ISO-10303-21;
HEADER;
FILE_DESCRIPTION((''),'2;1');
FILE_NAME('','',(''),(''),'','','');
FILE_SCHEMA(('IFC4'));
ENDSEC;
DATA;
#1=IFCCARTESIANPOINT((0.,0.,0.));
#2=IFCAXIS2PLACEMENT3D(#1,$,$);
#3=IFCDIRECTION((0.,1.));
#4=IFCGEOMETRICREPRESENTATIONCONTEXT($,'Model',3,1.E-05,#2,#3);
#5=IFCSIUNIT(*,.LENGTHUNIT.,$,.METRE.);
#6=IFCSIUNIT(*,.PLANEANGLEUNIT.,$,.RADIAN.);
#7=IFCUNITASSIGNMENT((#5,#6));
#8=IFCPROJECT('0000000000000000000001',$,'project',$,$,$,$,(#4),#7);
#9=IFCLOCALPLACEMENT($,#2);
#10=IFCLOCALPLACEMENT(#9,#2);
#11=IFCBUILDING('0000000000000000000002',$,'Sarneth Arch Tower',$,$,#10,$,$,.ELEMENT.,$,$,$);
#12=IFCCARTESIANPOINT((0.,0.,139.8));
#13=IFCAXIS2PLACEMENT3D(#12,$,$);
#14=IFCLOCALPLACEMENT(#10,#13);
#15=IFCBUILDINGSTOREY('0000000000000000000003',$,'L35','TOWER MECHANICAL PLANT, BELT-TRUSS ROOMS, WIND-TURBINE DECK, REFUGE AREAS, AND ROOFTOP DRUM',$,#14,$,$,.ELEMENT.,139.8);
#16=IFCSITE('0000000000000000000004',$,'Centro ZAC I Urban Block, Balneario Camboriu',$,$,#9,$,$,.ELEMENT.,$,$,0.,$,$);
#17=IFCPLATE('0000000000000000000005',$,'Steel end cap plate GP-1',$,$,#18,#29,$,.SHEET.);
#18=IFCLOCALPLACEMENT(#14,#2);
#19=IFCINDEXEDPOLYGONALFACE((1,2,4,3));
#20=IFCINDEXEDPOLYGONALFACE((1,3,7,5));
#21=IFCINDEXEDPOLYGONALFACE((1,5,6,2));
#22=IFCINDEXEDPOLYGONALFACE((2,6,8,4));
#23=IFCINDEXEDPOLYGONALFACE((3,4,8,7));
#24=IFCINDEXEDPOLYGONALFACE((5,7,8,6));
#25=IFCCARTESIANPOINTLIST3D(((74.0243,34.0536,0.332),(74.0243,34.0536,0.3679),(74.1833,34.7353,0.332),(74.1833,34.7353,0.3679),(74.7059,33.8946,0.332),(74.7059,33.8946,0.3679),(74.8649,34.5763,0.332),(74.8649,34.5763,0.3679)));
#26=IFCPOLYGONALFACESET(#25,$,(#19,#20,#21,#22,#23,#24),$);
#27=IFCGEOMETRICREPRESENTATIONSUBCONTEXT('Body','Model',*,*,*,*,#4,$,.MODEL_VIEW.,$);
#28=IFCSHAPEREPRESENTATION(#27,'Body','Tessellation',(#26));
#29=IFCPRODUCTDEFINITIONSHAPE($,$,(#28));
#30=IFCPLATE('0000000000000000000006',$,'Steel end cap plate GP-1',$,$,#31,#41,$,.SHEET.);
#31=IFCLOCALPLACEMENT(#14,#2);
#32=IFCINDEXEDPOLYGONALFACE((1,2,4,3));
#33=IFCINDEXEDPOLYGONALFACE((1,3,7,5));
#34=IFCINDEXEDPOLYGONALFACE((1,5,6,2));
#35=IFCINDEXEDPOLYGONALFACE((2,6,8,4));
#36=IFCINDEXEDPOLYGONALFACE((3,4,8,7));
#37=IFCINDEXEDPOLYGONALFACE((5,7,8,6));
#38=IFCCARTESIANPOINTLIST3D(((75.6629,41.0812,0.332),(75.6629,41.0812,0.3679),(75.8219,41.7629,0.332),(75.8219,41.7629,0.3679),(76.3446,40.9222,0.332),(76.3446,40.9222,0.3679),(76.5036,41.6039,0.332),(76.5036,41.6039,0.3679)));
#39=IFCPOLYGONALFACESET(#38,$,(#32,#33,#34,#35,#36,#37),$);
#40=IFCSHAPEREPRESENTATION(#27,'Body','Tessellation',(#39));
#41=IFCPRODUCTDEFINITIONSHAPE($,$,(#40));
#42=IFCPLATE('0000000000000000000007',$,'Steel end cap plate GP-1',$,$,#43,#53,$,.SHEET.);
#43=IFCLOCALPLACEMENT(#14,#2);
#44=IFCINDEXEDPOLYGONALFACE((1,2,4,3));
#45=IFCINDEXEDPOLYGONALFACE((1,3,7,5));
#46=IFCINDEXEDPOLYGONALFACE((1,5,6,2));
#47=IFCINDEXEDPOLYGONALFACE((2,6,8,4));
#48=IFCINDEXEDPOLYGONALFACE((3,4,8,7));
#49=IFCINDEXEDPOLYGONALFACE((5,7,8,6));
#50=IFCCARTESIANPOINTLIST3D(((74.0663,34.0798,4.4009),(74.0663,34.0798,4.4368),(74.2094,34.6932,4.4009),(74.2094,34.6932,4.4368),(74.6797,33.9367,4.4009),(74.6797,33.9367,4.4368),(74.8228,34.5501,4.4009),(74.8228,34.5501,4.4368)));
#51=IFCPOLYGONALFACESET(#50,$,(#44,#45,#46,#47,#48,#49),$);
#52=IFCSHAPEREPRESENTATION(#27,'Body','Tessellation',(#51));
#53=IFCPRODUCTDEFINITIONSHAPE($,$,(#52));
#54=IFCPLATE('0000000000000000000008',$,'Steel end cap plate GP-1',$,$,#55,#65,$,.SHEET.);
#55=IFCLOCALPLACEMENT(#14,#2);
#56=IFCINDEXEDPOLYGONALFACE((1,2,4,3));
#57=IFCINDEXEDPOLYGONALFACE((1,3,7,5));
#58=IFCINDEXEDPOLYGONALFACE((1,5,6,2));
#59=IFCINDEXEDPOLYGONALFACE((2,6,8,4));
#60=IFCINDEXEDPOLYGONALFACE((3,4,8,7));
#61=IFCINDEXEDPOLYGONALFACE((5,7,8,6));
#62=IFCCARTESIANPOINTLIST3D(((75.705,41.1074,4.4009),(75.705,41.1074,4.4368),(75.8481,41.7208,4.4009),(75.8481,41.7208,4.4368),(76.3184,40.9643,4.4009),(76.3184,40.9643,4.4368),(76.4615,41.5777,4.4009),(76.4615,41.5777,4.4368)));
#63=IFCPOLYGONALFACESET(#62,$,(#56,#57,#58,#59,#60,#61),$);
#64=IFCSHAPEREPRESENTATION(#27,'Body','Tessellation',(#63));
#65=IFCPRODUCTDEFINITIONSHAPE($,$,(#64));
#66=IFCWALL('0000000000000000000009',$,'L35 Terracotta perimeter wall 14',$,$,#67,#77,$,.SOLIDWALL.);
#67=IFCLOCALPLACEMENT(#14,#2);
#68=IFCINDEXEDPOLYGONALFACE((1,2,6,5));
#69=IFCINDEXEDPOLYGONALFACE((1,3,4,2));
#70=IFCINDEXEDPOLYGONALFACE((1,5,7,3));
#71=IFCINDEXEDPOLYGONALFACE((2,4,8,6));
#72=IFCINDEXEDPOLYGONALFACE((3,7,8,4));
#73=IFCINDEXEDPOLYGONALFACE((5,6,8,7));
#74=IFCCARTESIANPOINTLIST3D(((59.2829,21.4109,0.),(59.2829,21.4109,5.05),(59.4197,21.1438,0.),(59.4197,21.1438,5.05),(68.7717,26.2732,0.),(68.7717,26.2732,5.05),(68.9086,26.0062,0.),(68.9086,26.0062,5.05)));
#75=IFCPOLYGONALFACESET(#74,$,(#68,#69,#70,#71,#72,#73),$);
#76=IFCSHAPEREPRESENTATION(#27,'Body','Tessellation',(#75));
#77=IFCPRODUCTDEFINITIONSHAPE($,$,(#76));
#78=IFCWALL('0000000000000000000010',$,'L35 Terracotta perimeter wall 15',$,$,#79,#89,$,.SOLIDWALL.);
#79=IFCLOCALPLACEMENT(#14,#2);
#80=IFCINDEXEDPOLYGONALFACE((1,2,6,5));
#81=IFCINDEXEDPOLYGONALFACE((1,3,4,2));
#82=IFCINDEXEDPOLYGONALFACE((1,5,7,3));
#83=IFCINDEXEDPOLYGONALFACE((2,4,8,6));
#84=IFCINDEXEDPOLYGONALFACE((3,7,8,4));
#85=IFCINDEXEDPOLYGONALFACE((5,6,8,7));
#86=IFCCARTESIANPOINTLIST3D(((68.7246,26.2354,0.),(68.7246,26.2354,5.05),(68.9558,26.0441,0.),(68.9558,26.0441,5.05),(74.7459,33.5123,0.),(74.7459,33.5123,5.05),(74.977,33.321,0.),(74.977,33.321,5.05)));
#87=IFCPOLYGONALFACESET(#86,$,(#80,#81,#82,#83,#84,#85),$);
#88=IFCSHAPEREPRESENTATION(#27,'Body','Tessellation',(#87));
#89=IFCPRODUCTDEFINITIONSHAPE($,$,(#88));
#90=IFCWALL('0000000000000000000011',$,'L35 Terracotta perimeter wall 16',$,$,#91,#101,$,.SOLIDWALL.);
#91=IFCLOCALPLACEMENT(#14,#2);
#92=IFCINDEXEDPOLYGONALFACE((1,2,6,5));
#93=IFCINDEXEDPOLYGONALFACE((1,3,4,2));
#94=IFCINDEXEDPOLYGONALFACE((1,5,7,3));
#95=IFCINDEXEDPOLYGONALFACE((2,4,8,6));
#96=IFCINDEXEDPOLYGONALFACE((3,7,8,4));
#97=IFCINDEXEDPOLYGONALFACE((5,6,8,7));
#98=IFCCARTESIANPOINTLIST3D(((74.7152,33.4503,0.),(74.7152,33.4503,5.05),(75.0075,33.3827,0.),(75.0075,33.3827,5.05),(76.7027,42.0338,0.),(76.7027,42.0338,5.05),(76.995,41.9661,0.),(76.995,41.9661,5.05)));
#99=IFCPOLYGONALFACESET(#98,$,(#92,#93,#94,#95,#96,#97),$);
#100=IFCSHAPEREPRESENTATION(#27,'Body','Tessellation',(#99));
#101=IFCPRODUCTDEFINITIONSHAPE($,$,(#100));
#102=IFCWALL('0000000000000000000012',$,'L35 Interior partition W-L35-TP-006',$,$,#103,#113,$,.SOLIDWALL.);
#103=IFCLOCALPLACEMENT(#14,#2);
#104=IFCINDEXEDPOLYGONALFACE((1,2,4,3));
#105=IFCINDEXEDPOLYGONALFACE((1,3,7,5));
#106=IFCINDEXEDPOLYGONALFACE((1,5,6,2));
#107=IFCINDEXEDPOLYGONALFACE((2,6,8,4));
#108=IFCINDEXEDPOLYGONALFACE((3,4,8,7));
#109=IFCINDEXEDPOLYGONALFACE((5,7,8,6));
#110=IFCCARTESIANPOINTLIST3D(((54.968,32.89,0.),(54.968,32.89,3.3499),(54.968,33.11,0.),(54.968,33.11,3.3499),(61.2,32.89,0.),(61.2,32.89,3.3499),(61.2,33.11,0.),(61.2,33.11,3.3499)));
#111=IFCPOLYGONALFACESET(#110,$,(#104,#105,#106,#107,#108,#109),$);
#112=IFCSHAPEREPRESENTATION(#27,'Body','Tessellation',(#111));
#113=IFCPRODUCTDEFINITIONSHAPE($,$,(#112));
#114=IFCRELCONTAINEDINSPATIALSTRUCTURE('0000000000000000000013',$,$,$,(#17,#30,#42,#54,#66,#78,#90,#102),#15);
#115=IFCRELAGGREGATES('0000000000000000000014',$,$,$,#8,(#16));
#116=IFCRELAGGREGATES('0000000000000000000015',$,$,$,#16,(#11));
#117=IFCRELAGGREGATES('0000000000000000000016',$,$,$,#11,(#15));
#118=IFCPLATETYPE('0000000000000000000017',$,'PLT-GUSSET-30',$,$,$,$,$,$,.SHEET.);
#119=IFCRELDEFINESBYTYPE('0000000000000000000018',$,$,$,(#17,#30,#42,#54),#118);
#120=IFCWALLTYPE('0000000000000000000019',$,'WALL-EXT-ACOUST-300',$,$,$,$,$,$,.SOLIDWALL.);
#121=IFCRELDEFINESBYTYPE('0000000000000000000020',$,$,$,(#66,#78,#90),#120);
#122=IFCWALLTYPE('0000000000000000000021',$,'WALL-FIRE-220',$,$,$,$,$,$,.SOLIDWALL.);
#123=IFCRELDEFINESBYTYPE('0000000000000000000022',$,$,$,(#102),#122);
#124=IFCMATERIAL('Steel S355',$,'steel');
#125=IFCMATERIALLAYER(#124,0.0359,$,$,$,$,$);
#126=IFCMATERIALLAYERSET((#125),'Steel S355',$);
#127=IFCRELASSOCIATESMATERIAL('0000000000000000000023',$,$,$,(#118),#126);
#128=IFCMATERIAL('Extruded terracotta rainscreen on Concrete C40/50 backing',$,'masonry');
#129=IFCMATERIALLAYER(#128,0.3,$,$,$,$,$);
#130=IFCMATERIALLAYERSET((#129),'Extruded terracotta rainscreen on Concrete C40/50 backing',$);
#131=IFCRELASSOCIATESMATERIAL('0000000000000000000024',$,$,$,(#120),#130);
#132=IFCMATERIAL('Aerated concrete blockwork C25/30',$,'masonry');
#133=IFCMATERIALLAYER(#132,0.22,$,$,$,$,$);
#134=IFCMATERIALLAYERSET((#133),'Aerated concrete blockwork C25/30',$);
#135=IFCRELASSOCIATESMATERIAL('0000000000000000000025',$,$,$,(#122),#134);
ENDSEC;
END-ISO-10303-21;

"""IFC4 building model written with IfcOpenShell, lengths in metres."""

from ifc_helpers import new_model, si_unit, direction, frame, frame_2d, origin, origin_2d, place, context, subcontext, project, spatial, rectangle, extrude, material, layer, layer_set, type_object, element, save


model = new_model("IFC4")

# Units and contexts
model_context = context("Model", 3, precision=1e-05, world=origin(), true_north=direction((0.0, 1.0)))
body_context = subcontext(model_context, "Body", "Model", "MODEL_VIEW")
ifc_project = project(units=[si_unit("LENGTHUNIT", "METRE"), si_unit("PLANEANGLEUNIT", "RADIAN")], contexts=[model_context])

# Site, building, storey
site_placement = place(None, origin())
site = spatial("IfcSite", under=ifc_project, at=site_placement, Name="Centro ZAC I Urban Block, Balneario Camboriu", CompositionType="ELEMENT", RefElevation=0.0)
building_placement = place(site_placement, origin())
building = spatial("IfcBuilding", under=site, at=building_placement, Name="Sarneth Arch Tower", CompositionType="ELEMENT")
storey_placement = place(building_placement, frame((0.0, 0.0, 139.8)))
storey = spatial("IfcBuildingStorey", under=building, at=storey_placement, Name="L35", Description="TOWER MECHANICAL PLANT, BELT-TRUSS ROOMS, WIND-TURBINE DECK, REFUGE AREAS, AND ROOFTOP DRUM", CompositionType="ELEMENT", Elevation=139.8)

# Plates
ifc_material_1 = material(Name="Steel S355", Category="steel")
ifc_layer_1 = layer(ifc_material_1, 0.0359)
ifc_layer_set_1 = layer_set([ifc_layer_1], Name="Steel S355")
plate_type = type_object("IfcPlateType", Name="PLT-GUSSET-30", PredefinedType="SHEET", material=ifc_layer_set_1)
for number, where, z_axis, x_axis, name in (
    (1, (74.4446, 34.3149, 0.332), (0.0, 0.0, 1.0), (-0.227161, -0.973857, 0.0), "Steel end cap plate GP-1"),
    (2, (76.0833, 41.3425, 0.332), (0.0, 0.0, 1.0), (0.227161, 0.973857, 0.0), "Steel end cap plate GP-1"),
):
    element("IfcPlate", number, at=place(storey_placement, frame(where, z_axis=z_axis, x_axis=x_axis)), inside=storey, type_object=plate_type, Name=name, PredefinedType="SHEET", context=body_context, shape_type="SweptSolid", body=[
        extrude(rectangle(XDim=0.7, YDim=0.7, at=origin_2d()), origin(), (0.0, 0.0, 1.0), 0.0359),
    ])
for number, where, z_axis, x_axis, name in (
    (3, (74.4446, 34.3149, 4.4009), (0.0, 0.0, 1.0), (-0.227161, -0.973857, 0.0), "Steel end cap plate GP-1"),
    (4, (76.0833, 41.3425, 4.4009), (0.0, 0.0, 1.0), (0.227161, 0.973857, 0.0), "Steel end cap plate GP-1"),
):
    element("IfcPlate", number, at=place(storey_placement, frame(where, z_axis=z_axis, x_axis=x_axis)), inside=storey, type_object=plate_type, Name=name, PredefinedType="SHEET", context=body_context, shape_type="SweptSolid", body=[
        extrude(rectangle(XDim=0.6299, YDim=0.6299, at=origin_2d()), origin(), (0.0, 0.0, 1.0), 0.0359),
    ])

# Walls
ifc_material_2 = material(Name="Extruded terracotta rainscreen on Concrete C40/50 backing", Category="masonry")
ifc_layer_2 = layer(ifc_material_2, 0.3)
ifc_layer_set_2 = layer_set([ifc_layer_2], Name="Extruded terracotta rainscreen on Concrete C40/50 backing")
wall_type_1 = type_object("IfcWallType", Name="WALL-EXT-ACOUST-300", PredefinedType="SOLIDWALL", material=ifc_layer_set_2)
wall_1_placement = place(storey_placement, frame((59.3513, 21.2773, 0.0), z_axis=(0.0, 0.0, 1.0), x_axis=(0.88996, 0.45604, 0.0)))
element("IfcWall", 5, at=wall_1_placement, inside=storey, type_object=wall_type_1, Name="L35 Terracotta perimeter wall 14", PredefinedType="SOLIDWALL", context=body_context, shape_type="SweptSolid", body=[
    extrude(rectangle(XDim=10.6621, YDim=0.3, at=frame_2d((5.3311, 0.0))), origin(), (0.0, 0.0, 1.0), 5.05),
])
wall_2_placement = place(storey_placement, frame((68.8401, 26.1396, 0.0), z_axis=(0.0, 0.0, 1.0), x_axis=(0.637506, 0.770446, 0.0)))
element("IfcWall", 6, at=wall_2_placement, inside=storey, type_object=wall_type_1, Name="L35 Terracotta perimeter wall 15", PredefinedType="SOLIDWALL", context=body_context, shape_type="SweptSolid", body=[
    extrude(rectangle(XDim=9.4451, YDim=0.3, at=frame_2d((4.7227, 0.0))), origin(), (0.0, 0.0, 1.0), 5.05),
])
wall_3_placement = place(storey_placement, frame((74.8613, 33.4165, 0.0), z_axis=(0.0, 0.0, 1.0), x_axis=(0.225586, 0.974223, 0.0)))
element("IfcWall", 7, at=wall_3_placement, inside=storey, type_object=wall_type_1, Name="L35 Terracotta perimeter wall 16", PredefinedType="SOLIDWALL", context=body_context, shape_type="SweptSolid", body=[
    extrude(rectangle(XDim=8.8105, YDim=0.3, at=frame_2d((4.4053, 0.0))), origin(), (0.0, 0.0, 1.0), 5.05),
])
ifc_material_3 = material(Name="Aerated concrete blockwork C25/30", Category="masonry")
ifc_layer_3 = layer(ifc_material_3, 0.22)
ifc_layer_set_3 = layer_set([ifc_layer_3], Name="Aerated concrete blockwork C25/30")
wall_type_2 = type_object("IfcWallType", Name="WALL-FIRE-220", PredefinedType="SOLIDWALL", material=ifc_layer_set_3)
wall_4_placement = place(storey_placement, frame((61.2, 33.0, 0.0), z_axis=(0.0, 0.0, 1.0), x_axis=(-1.0, 0.0, 0.0)))
element("IfcWall", 8, at=wall_4_placement, inside=storey, type_object=wall_type_2, Name="L35 Interior partition W-L35-TP-006", PredefinedType="SOLIDWALL", context=body_context, shape_type="SweptSolid", body=[
    extrude(rectangle(XDim=6.2319, YDim=0.22, at=frame_2d((3.116, 0.0))), origin(), (0.0, 0.0, 1.0), 3.3499),
])

save(model, "model.ifc")
